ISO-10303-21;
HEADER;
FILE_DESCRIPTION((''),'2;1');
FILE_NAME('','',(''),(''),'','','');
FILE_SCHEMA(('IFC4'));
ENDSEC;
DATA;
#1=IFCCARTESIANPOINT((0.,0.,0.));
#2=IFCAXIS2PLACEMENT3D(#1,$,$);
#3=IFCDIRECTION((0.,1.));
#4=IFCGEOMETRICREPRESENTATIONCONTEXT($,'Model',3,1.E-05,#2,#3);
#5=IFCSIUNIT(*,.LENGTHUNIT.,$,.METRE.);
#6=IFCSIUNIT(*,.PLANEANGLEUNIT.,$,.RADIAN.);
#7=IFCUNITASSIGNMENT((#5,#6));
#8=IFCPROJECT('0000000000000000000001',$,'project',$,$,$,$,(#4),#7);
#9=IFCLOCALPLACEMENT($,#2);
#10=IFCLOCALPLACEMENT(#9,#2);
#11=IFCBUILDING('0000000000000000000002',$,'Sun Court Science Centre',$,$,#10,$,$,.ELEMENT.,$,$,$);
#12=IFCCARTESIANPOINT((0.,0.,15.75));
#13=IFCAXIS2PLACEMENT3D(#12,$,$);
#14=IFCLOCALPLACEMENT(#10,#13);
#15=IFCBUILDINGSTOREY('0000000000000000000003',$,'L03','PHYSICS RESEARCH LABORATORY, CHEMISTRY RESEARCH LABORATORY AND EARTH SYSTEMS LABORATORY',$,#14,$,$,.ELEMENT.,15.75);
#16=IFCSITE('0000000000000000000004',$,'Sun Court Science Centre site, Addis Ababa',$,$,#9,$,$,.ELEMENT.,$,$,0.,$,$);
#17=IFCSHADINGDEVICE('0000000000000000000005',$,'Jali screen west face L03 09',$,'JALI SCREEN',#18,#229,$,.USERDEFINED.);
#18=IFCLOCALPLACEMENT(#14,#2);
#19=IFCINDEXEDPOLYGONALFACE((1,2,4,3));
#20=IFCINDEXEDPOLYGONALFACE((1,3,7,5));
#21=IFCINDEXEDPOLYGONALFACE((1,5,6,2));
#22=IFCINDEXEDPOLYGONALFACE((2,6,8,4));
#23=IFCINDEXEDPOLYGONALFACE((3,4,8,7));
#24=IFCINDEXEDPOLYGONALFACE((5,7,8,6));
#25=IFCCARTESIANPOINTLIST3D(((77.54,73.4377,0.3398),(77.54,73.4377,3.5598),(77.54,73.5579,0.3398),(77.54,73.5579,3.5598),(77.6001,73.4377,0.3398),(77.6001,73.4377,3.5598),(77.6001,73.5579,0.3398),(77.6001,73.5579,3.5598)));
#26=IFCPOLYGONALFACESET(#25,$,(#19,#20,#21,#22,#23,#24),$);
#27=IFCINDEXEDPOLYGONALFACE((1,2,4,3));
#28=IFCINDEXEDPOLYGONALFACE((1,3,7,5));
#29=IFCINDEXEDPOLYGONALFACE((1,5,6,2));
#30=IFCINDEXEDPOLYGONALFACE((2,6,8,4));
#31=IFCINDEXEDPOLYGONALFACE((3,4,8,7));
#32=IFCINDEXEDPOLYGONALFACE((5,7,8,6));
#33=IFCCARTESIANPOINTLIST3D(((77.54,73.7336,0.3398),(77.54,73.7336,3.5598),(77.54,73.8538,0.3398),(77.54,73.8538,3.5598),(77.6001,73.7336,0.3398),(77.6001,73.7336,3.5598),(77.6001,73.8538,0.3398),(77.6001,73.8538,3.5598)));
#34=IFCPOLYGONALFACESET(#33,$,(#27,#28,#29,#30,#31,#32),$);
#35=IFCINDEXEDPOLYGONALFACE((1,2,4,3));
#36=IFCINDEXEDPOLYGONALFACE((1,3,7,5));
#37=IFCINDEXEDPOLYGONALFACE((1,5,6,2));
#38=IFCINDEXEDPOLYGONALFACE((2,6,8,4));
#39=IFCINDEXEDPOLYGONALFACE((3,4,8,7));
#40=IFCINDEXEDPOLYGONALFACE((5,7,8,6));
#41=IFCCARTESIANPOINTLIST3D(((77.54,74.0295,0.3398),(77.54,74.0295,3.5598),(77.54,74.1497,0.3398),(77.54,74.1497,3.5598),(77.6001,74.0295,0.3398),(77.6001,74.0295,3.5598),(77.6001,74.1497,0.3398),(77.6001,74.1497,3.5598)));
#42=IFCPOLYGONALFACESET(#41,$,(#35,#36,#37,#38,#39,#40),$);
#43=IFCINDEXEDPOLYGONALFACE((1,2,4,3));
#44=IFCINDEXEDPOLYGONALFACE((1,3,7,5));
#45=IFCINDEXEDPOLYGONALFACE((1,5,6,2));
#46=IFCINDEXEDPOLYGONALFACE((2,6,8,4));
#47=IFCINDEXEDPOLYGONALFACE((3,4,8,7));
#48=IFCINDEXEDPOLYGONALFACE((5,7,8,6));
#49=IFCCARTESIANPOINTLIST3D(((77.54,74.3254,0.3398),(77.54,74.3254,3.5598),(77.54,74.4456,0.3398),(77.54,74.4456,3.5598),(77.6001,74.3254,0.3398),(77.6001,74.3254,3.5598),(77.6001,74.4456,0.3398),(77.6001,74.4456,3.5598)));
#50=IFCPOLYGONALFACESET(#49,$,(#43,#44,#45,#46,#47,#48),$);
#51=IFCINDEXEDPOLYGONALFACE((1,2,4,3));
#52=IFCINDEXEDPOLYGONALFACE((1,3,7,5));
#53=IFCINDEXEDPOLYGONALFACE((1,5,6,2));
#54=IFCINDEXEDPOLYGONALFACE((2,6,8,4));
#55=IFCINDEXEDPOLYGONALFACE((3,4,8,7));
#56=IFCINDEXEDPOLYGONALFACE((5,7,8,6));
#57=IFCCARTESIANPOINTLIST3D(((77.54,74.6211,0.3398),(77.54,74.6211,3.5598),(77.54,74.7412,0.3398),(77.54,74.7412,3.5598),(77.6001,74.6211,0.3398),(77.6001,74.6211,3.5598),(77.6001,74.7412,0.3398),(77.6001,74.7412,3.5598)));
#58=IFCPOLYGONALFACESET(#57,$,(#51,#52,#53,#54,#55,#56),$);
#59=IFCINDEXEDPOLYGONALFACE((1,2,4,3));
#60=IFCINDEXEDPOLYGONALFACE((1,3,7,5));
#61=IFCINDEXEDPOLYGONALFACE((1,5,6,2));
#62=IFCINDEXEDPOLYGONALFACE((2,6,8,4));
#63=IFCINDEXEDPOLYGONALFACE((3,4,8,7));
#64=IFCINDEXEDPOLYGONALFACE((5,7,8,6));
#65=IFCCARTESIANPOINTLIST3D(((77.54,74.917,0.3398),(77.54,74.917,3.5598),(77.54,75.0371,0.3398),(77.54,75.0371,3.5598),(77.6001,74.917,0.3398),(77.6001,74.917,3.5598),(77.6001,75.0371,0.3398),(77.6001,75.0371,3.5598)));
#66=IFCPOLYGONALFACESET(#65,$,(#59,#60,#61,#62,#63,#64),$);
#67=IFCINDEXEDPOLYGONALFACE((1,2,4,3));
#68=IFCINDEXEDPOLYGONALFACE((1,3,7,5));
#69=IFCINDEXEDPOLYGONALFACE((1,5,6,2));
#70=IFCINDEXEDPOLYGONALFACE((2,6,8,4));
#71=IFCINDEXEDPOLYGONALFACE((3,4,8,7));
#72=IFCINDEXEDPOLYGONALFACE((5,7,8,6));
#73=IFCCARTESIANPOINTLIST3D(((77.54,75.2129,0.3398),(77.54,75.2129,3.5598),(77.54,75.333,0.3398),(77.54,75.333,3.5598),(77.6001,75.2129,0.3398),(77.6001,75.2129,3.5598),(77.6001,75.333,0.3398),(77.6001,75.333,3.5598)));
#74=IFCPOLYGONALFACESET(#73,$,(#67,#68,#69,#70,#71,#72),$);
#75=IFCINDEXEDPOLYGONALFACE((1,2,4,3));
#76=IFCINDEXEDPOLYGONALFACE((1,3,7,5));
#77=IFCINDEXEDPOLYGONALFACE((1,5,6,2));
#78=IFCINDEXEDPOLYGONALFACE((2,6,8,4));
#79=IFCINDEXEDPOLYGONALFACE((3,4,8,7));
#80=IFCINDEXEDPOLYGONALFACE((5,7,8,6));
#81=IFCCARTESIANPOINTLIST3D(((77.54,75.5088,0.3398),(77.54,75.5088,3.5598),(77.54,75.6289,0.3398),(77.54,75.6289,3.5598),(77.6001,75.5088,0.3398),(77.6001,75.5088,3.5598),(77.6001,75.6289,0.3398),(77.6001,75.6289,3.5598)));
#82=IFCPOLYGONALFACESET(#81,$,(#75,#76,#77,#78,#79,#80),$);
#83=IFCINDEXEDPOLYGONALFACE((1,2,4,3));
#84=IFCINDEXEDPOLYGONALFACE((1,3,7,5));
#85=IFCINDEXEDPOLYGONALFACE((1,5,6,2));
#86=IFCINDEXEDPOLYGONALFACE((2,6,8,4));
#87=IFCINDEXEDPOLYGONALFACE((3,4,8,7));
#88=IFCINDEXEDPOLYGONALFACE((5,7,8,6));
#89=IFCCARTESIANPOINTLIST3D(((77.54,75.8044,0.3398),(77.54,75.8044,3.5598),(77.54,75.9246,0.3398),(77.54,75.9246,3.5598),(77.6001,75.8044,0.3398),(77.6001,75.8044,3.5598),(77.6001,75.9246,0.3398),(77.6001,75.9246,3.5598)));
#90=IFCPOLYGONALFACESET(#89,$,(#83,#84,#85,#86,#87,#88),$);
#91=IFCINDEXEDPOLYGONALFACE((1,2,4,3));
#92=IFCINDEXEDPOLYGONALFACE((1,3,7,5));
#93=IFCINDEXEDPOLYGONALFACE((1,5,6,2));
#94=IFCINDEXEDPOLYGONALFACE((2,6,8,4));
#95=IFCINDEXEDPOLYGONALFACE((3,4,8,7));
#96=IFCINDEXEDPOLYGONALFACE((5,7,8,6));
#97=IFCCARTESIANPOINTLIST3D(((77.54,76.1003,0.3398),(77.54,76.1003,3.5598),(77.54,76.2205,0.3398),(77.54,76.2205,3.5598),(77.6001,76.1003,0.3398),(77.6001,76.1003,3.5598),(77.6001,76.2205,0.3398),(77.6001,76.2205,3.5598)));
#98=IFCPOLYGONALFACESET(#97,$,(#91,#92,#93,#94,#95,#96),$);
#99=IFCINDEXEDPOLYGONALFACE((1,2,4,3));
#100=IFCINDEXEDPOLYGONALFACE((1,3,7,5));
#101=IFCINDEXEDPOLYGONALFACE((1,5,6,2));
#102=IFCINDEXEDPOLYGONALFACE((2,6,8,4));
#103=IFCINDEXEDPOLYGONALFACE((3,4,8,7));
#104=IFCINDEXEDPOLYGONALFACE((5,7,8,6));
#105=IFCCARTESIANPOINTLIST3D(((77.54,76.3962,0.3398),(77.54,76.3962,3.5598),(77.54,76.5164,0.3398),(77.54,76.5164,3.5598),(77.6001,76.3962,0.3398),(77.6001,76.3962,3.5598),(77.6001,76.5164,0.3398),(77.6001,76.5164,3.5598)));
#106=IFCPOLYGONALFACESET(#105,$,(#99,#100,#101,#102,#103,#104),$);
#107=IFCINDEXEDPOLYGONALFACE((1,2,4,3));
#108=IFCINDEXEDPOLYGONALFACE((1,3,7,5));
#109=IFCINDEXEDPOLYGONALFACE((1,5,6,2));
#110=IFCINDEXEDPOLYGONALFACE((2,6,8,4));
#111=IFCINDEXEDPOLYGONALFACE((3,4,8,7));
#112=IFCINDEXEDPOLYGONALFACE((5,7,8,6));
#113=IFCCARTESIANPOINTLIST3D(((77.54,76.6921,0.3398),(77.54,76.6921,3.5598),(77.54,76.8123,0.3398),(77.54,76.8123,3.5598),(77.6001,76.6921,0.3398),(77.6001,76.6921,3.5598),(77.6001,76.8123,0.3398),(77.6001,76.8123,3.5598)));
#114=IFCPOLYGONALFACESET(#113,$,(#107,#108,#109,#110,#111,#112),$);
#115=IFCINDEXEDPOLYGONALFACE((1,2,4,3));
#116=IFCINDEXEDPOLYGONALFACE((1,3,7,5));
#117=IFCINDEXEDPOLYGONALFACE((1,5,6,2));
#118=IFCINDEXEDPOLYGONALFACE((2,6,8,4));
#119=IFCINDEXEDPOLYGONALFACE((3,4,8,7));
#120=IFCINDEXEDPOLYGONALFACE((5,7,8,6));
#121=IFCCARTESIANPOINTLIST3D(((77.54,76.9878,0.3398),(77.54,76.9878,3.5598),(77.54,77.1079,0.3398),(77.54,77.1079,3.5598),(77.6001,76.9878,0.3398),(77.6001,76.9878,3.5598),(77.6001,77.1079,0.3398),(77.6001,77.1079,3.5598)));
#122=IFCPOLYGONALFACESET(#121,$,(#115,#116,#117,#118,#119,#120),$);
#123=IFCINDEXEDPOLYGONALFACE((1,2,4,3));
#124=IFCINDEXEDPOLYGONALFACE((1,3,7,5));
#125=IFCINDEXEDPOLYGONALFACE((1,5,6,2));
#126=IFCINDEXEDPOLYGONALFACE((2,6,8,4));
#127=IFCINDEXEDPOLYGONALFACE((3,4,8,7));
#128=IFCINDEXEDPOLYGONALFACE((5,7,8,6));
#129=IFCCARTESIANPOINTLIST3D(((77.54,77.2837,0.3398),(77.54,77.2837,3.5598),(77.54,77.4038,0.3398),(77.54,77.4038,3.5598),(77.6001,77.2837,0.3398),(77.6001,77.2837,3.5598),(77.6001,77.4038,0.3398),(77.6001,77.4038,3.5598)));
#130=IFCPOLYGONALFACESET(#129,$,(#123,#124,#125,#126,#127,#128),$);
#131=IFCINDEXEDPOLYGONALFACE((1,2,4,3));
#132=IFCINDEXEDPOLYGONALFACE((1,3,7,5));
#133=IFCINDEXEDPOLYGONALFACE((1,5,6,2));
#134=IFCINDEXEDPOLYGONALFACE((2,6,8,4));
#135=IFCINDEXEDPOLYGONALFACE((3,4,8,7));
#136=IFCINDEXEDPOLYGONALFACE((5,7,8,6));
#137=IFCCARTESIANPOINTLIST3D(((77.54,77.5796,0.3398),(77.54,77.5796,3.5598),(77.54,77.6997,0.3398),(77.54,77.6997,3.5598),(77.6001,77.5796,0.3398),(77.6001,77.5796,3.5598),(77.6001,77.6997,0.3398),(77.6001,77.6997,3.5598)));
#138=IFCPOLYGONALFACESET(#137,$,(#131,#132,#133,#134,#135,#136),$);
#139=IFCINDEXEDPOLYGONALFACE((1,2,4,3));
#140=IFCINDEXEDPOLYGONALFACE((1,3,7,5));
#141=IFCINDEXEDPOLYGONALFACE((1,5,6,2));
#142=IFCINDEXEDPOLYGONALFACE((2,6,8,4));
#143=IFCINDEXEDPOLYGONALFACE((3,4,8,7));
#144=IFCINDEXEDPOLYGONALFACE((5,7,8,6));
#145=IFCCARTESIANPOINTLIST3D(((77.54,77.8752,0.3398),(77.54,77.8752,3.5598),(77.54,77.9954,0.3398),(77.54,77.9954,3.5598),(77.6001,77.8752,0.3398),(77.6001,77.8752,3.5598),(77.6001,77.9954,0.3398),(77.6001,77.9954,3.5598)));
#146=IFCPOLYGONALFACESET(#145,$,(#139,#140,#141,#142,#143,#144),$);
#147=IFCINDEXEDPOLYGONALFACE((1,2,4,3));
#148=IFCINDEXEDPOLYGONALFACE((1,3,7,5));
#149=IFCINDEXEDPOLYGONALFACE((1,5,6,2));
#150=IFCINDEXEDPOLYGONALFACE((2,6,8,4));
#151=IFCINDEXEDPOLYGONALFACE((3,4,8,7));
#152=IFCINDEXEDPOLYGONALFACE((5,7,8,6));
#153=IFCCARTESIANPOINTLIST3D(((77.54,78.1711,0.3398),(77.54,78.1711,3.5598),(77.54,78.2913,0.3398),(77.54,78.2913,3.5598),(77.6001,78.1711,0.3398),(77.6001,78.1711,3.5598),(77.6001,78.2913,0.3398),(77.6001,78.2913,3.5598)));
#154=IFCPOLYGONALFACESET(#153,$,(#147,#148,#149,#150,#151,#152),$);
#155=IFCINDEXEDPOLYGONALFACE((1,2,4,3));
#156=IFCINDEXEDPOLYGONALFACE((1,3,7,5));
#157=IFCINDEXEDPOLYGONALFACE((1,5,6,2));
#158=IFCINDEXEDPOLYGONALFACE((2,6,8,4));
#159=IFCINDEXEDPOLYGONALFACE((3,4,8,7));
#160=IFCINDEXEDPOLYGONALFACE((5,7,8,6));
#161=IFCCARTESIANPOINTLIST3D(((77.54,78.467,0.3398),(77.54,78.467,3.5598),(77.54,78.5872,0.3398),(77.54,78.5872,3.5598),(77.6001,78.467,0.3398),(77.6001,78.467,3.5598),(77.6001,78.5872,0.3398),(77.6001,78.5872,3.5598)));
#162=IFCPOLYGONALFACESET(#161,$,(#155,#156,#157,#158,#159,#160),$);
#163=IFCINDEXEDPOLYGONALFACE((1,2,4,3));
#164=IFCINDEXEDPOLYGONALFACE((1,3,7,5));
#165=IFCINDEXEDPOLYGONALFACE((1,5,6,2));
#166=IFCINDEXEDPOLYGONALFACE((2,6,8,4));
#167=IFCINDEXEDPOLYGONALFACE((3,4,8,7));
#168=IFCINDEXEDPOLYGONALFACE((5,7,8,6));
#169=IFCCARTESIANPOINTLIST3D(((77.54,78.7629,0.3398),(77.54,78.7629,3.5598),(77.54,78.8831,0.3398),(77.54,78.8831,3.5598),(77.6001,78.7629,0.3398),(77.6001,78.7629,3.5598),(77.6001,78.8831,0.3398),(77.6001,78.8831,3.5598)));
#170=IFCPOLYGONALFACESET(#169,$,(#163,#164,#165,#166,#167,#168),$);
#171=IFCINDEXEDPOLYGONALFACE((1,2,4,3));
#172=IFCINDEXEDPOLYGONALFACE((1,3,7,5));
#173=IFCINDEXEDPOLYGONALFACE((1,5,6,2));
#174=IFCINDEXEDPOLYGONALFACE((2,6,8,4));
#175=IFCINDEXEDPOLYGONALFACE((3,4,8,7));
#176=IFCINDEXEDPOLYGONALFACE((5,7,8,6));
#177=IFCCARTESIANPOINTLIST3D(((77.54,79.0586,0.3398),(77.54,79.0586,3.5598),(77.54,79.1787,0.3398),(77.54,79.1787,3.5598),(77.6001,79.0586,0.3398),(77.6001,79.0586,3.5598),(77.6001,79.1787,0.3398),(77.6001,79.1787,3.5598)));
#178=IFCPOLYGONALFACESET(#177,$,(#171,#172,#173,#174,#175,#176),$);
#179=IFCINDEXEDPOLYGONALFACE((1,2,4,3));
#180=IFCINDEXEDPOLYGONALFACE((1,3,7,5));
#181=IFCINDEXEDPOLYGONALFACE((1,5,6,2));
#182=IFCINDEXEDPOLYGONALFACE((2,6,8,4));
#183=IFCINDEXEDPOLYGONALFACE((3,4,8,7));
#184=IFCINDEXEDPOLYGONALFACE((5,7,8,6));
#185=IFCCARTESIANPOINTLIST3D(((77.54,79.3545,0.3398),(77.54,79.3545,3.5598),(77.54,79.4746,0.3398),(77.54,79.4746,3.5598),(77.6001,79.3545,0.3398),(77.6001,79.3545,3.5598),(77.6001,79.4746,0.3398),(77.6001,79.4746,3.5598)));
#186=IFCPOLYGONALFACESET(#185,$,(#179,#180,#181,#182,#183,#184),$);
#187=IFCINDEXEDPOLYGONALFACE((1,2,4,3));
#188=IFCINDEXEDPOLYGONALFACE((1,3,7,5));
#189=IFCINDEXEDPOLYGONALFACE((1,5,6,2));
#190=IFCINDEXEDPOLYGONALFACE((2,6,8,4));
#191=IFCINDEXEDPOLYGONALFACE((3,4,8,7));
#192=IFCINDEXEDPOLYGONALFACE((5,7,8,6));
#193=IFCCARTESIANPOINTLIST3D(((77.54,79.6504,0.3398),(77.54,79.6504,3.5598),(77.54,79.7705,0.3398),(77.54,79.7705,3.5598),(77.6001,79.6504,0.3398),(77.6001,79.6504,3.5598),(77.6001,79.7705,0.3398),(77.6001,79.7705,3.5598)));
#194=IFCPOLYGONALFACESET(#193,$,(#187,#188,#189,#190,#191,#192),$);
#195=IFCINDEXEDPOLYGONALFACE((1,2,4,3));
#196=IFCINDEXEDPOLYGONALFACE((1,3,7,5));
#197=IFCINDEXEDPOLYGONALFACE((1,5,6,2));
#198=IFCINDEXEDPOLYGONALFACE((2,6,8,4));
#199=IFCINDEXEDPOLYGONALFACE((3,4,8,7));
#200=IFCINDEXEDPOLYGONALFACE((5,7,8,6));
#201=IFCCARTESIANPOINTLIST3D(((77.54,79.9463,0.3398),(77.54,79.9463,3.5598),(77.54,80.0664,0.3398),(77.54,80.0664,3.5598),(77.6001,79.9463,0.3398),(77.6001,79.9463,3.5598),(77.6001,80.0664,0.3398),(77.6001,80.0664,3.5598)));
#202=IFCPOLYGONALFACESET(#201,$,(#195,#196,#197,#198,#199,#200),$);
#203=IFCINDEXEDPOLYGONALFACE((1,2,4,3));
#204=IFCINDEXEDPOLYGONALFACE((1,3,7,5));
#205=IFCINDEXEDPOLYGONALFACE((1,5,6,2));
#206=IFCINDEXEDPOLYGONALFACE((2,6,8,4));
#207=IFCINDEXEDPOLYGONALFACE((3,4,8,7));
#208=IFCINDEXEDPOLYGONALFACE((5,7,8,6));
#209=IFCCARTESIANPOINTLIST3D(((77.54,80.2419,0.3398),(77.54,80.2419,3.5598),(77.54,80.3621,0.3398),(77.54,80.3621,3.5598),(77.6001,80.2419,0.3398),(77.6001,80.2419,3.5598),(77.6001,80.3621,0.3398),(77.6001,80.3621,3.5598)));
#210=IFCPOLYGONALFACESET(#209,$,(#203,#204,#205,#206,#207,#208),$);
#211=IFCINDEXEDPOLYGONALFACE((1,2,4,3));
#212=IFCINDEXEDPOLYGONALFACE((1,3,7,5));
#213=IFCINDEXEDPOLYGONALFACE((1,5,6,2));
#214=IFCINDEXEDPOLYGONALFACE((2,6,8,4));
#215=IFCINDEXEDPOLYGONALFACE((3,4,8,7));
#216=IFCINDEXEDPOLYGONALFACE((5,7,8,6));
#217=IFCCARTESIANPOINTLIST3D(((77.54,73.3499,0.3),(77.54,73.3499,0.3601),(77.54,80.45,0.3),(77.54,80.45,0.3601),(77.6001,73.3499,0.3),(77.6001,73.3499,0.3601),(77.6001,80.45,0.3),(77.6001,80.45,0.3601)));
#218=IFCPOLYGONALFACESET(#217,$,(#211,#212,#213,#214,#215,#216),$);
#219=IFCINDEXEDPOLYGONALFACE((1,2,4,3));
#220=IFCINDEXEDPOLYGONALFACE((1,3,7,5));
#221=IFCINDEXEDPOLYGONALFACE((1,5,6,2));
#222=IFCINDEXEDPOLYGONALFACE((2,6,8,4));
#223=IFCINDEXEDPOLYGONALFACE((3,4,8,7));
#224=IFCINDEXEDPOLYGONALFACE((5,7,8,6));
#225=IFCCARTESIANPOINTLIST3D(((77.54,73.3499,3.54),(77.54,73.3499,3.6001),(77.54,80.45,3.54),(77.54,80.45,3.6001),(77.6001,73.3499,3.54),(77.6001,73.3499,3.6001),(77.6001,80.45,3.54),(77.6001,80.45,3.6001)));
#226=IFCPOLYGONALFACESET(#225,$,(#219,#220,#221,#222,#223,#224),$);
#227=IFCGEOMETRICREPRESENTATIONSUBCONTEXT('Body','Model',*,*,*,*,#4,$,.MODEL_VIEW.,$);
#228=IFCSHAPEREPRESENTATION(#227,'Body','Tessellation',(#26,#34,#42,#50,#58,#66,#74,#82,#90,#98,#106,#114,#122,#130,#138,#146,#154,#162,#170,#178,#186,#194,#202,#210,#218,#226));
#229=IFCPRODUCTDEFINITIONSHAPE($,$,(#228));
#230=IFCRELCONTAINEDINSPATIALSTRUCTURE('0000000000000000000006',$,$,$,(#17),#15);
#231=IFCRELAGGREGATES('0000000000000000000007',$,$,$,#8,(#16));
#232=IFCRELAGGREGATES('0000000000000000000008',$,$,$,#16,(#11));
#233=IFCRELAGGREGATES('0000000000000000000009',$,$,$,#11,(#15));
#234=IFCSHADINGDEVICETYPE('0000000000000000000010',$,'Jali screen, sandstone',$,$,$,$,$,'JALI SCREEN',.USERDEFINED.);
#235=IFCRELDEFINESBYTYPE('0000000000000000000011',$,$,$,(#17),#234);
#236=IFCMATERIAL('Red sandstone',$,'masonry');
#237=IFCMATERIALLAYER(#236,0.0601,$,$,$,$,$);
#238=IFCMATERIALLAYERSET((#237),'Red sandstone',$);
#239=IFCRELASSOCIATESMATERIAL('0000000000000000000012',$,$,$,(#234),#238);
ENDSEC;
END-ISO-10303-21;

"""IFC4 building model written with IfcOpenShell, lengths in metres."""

from ifc_helpers import new_model, si_unit, direction, frame, origin, origin_2d, place, context, subcontext, project, spatial, rectangle, extrude, material, layer, layer_set, type_object, element, save


model = new_model("IFC4")

# Units and contexts
model_context = context("Model", 3, precision=1e-05, world=origin(), true_north=direction((0.0, 1.0)))
body_context = subcontext(model_context, "Body", "Model", "MODEL_VIEW")
ifc_project = project(units=[si_unit("LENGTHUNIT", "METRE"), si_unit("PLANEANGLEUNIT", "RADIAN")], contexts=[model_context])

# Site, building, storey
site_placement = place(None, origin())
site = spatial("IfcSite", under=ifc_project, at=site_placement, Name="Sun Court Science Centre site, Addis Ababa", CompositionType="ELEMENT", RefElevation=0.0)
building_placement = place(site_placement, origin())
building = spatial("IfcBuilding", under=site, at=building_placement, Name="Sun Court Science Centre", CompositionType="ELEMENT")
storey_placement = place(building_placement, frame((0.0, 0.0, 15.75)))
storey = spatial("IfcBuildingStorey", under=building, at=storey_placement, Name="L03", Description="PHYSICS RESEARCH LABORATORY, CHEMISTRY RESEARCH LABORATORY AND EARTH SYSTEMS LABORATORY", CompositionType="ELEMENT", Elevation=15.75)

# Shading device
ifc_material_1 = material(Name="Red sandstone", Category="masonry")
ifc_layer_1 = layer(ifc_material_1, 0.0601)
ifc_layer_set_1 = layer_set([ifc_layer_1], Name="Red sandstone")
shading_device_type = type_object("IfcShadingDeviceType", Name="Jali screen, sandstone", ElementType="JALI SCREEN", PredefinedType="USERDEFINED", material=ifc_layer_set_1)
shading_device_1_placement = place(storey_placement, frame((0.0, 0.0, -15.75)))
element("IfcShadingDevice", 1, at=shading_device_1_placement, inside=storey, type_object=shading_device_type, Name="Jali screen west face L03 09", ObjectType="JALI SCREEN", PredefinedType="USERDEFINED", context=body_context, shape_type="SweptSolid", body=[
    extrude(rectangle(XDim=0.1201, YDim=0.0601, at=origin_2d()), frame((77.5701, 73.4978, 16.0898), z_axis=(0.0, 0.0, 1.0), x_axis=(0.0, 1.0, 0.0)), (0.0, 0.0, 1.0), 3.22),
    extrude(rectangle(XDim=0.1201, YDim=0.0601, at=origin_2d()), frame((77.5701, 73.7937, 16.0898), z_axis=(0.0, 0.0, 1.0), x_axis=(0.0, 1.0, 0.0)), (0.0, 0.0, 1.0), 3.22),
    extrude(rectangle(XDim=0.1201, YDim=0.0601, at=origin_2d()), frame((77.5701, 74.0896, 16.0898), z_axis=(0.0, 0.0, 1.0), x_axis=(0.0, 1.0, 0.0)), (0.0, 0.0, 1.0), 3.22),
    extrude(rectangle(XDim=0.1201, YDim=0.0601, at=origin_2d()), frame((77.5701, 74.3855, 16.0898), z_axis=(0.0, 0.0, 1.0), x_axis=(0.0, 1.0, 0.0)), (0.0, 0.0, 1.0), 3.22),
    extrude(rectangle(XDim=0.1201, YDim=0.0601, at=origin_2d()), frame((77.5701, 74.6812, 16.0898), z_axis=(0.0, 0.0, 1.0), x_axis=(0.0, 1.0, 0.0)), (0.0, 0.0, 1.0), 3.22),
    extrude(rectangle(XDim=0.1201, YDim=0.0601, at=origin_2d()), frame((77.5701, 74.9771, 16.0898), z_axis=(0.0, 0.0, 1.0), x_axis=(0.0, 1.0, 0.0)), (0.0, 0.0, 1.0), 3.22),
    extrude(rectangle(XDim=0.1201, YDim=0.0601, at=origin_2d()), frame((77.5701, 75.2729, 16.0898), z_axis=(0.0, 0.0, 1.0), x_axis=(0.0, 1.0, 0.0)), (0.0, 0.0, 1.0), 3.22),
    extrude(rectangle(XDim=0.1201, YDim=0.0601, at=origin_2d()), frame((77.5701, 75.5688, 16.0898), z_axis=(0.0, 0.0, 1.0), x_axis=(0.0, 1.0, 0.0)), (0.0, 0.0, 1.0), 3.22),
    extrude(rectangle(XDim=0.1201, YDim=0.0601, at=origin_2d()), frame((77.5701, 75.8645, 16.0898), z_axis=(0.0, 0.0, 1.0), x_axis=(0.0, 1.0, 0.0)), (0.0, 0.0, 1.0), 3.22),
    extrude(rectangle(XDim=0.1201, YDim=0.0601, at=origin_2d()), frame((77.5701, 76.1604, 16.0898), z_axis=(0.0, 0.0, 1.0), x_axis=(0.0, 1.0, 0.0)), (0.0, 0.0, 1.0), 3.22),
    extrude(rectangle(XDim=0.1201, YDim=0.0601, at=origin_2d()), frame((77.5701, 76.4563, 16.0898), z_axis=(0.0, 0.0, 1.0), x_axis=(0.0, 1.0, 0.0)), (0.0, 0.0, 1.0), 3.22),
    extrude(rectangle(XDim=0.1201, YDim=0.0601, at=origin_2d()), frame((77.5701, 76.7522, 16.0898), z_axis=(0.0, 0.0, 1.0), x_axis=(0.0, 1.0, 0.0)), (0.0, 0.0, 1.0), 3.22),
    extrude(rectangle(XDim=0.1201, YDim=0.0601, at=origin_2d()), frame((77.5701, 77.0479, 16.0898), z_axis=(0.0, 0.0, 1.0), x_axis=(0.0, 1.0, 0.0)), (0.0, 0.0, 1.0), 3.22),
    extrude(rectangle(XDim=0.1201, YDim=0.0601, at=origin_2d()), frame((77.5701, 77.3438, 16.0898), z_axis=(0.0, 0.0, 1.0), x_axis=(0.0, 1.0, 0.0)), (0.0, 0.0, 1.0), 3.22),
    extrude(rectangle(XDim=0.1201, YDim=0.0601, at=origin_2d()), frame((77.5701, 77.6396, 16.0898), z_axis=(0.0, 0.0, 1.0), x_axis=(0.0, 1.0, 0.0)), (0.0, 0.0, 1.0), 3.22),
    extrude(rectangle(XDim=0.1201, YDim=0.0601, at=origin_2d()), frame((77.5701, 77.9353, 16.0898), z_axis=(0.0, 0.0, 1.0), x_axis=(0.0, 1.0, 0.0)), (0.0, 0.0, 1.0), 3.22),
    extrude(rectangle(XDim=0.1201, YDim=0.0601, at=origin_2d()), frame((77.5701, 78.2312, 16.0898), z_axis=(0.0, 0.0, 1.0), x_axis=(0.0, 1.0, 0.0)), (0.0, 0.0, 1.0), 3.22),
    extrude(rectangle(XDim=0.1201, YDim=0.0601, at=origin_2d()), frame((77.5701, 78.5271, 16.0898), z_axis=(0.0, 0.0, 1.0), x_axis=(0.0, 1.0, 0.0)), (0.0, 0.0, 1.0), 3.22),
    extrude(rectangle(XDim=0.1201, YDim=0.0601, at=origin_2d()), frame((77.5701, 78.823, 16.0898), z_axis=(0.0, 0.0, 1.0), x_axis=(0.0, 1.0, 0.0)), (0.0, 0.0, 1.0), 3.22),
    extrude(rectangle(XDim=0.1201, YDim=0.0601, at=origin_2d()), frame((77.5701, 79.1187, 16.0898), z_axis=(0.0, 0.0, 1.0), x_axis=(0.0, 1.0, 0.0)), (0.0, 0.0, 1.0), 3.22),
    extrude(rectangle(XDim=0.1201, YDim=0.0601, at=origin_2d()), frame((77.5701, 79.4146, 16.0898), z_axis=(0.0, 0.0, 1.0), x_axis=(0.0, 1.0, 0.0)), (0.0, 0.0, 1.0), 3.22),
    extrude(rectangle(XDim=0.1201, YDim=0.0601, at=origin_2d()), frame((77.5701, 79.7104, 16.0898), z_axis=(0.0, 0.0, 1.0), x_axis=(0.0, 1.0, 0.0)), (0.0, 0.0, 1.0), 3.22),
    extrude(rectangle(XDim=0.1201, YDim=0.0601, at=origin_2d()), frame((77.5701, 80.0063, 16.0898), z_axis=(0.0, 0.0, 1.0), x_axis=(0.0, 1.0, 0.0)), (0.0, 0.0, 1.0), 3.22),
    extrude(rectangle(XDim=0.1201, YDim=0.0601, at=origin_2d()), frame((77.5701, 80.302, 16.0898), z_axis=(0.0, 0.0, 1.0), x_axis=(0.0, 1.0, 0.0)), (0.0, 0.0, 1.0), 3.22),
    extrude(rectangle(XDim=7.1001, YDim=0.0601, at=origin_2d()), frame((77.5701, 76.8999, 16.05), z_axis=(0.0, 0.0, 1.0), x_axis=(0.0, 1.0, 0.0)), (0.0, 0.0, 1.0), 0.0601),
    extrude(rectangle(XDim=7.1001, YDim=0.0601, at=origin_2d()), frame((77.5701, 76.8999, 19.29), z_axis=(0.0, 0.0, 1.0), x_axis=(0.0, 1.0, 0.0)), (0.0, 0.0, 1.0), 0.0601),
])

save(model, "model.ifc")
